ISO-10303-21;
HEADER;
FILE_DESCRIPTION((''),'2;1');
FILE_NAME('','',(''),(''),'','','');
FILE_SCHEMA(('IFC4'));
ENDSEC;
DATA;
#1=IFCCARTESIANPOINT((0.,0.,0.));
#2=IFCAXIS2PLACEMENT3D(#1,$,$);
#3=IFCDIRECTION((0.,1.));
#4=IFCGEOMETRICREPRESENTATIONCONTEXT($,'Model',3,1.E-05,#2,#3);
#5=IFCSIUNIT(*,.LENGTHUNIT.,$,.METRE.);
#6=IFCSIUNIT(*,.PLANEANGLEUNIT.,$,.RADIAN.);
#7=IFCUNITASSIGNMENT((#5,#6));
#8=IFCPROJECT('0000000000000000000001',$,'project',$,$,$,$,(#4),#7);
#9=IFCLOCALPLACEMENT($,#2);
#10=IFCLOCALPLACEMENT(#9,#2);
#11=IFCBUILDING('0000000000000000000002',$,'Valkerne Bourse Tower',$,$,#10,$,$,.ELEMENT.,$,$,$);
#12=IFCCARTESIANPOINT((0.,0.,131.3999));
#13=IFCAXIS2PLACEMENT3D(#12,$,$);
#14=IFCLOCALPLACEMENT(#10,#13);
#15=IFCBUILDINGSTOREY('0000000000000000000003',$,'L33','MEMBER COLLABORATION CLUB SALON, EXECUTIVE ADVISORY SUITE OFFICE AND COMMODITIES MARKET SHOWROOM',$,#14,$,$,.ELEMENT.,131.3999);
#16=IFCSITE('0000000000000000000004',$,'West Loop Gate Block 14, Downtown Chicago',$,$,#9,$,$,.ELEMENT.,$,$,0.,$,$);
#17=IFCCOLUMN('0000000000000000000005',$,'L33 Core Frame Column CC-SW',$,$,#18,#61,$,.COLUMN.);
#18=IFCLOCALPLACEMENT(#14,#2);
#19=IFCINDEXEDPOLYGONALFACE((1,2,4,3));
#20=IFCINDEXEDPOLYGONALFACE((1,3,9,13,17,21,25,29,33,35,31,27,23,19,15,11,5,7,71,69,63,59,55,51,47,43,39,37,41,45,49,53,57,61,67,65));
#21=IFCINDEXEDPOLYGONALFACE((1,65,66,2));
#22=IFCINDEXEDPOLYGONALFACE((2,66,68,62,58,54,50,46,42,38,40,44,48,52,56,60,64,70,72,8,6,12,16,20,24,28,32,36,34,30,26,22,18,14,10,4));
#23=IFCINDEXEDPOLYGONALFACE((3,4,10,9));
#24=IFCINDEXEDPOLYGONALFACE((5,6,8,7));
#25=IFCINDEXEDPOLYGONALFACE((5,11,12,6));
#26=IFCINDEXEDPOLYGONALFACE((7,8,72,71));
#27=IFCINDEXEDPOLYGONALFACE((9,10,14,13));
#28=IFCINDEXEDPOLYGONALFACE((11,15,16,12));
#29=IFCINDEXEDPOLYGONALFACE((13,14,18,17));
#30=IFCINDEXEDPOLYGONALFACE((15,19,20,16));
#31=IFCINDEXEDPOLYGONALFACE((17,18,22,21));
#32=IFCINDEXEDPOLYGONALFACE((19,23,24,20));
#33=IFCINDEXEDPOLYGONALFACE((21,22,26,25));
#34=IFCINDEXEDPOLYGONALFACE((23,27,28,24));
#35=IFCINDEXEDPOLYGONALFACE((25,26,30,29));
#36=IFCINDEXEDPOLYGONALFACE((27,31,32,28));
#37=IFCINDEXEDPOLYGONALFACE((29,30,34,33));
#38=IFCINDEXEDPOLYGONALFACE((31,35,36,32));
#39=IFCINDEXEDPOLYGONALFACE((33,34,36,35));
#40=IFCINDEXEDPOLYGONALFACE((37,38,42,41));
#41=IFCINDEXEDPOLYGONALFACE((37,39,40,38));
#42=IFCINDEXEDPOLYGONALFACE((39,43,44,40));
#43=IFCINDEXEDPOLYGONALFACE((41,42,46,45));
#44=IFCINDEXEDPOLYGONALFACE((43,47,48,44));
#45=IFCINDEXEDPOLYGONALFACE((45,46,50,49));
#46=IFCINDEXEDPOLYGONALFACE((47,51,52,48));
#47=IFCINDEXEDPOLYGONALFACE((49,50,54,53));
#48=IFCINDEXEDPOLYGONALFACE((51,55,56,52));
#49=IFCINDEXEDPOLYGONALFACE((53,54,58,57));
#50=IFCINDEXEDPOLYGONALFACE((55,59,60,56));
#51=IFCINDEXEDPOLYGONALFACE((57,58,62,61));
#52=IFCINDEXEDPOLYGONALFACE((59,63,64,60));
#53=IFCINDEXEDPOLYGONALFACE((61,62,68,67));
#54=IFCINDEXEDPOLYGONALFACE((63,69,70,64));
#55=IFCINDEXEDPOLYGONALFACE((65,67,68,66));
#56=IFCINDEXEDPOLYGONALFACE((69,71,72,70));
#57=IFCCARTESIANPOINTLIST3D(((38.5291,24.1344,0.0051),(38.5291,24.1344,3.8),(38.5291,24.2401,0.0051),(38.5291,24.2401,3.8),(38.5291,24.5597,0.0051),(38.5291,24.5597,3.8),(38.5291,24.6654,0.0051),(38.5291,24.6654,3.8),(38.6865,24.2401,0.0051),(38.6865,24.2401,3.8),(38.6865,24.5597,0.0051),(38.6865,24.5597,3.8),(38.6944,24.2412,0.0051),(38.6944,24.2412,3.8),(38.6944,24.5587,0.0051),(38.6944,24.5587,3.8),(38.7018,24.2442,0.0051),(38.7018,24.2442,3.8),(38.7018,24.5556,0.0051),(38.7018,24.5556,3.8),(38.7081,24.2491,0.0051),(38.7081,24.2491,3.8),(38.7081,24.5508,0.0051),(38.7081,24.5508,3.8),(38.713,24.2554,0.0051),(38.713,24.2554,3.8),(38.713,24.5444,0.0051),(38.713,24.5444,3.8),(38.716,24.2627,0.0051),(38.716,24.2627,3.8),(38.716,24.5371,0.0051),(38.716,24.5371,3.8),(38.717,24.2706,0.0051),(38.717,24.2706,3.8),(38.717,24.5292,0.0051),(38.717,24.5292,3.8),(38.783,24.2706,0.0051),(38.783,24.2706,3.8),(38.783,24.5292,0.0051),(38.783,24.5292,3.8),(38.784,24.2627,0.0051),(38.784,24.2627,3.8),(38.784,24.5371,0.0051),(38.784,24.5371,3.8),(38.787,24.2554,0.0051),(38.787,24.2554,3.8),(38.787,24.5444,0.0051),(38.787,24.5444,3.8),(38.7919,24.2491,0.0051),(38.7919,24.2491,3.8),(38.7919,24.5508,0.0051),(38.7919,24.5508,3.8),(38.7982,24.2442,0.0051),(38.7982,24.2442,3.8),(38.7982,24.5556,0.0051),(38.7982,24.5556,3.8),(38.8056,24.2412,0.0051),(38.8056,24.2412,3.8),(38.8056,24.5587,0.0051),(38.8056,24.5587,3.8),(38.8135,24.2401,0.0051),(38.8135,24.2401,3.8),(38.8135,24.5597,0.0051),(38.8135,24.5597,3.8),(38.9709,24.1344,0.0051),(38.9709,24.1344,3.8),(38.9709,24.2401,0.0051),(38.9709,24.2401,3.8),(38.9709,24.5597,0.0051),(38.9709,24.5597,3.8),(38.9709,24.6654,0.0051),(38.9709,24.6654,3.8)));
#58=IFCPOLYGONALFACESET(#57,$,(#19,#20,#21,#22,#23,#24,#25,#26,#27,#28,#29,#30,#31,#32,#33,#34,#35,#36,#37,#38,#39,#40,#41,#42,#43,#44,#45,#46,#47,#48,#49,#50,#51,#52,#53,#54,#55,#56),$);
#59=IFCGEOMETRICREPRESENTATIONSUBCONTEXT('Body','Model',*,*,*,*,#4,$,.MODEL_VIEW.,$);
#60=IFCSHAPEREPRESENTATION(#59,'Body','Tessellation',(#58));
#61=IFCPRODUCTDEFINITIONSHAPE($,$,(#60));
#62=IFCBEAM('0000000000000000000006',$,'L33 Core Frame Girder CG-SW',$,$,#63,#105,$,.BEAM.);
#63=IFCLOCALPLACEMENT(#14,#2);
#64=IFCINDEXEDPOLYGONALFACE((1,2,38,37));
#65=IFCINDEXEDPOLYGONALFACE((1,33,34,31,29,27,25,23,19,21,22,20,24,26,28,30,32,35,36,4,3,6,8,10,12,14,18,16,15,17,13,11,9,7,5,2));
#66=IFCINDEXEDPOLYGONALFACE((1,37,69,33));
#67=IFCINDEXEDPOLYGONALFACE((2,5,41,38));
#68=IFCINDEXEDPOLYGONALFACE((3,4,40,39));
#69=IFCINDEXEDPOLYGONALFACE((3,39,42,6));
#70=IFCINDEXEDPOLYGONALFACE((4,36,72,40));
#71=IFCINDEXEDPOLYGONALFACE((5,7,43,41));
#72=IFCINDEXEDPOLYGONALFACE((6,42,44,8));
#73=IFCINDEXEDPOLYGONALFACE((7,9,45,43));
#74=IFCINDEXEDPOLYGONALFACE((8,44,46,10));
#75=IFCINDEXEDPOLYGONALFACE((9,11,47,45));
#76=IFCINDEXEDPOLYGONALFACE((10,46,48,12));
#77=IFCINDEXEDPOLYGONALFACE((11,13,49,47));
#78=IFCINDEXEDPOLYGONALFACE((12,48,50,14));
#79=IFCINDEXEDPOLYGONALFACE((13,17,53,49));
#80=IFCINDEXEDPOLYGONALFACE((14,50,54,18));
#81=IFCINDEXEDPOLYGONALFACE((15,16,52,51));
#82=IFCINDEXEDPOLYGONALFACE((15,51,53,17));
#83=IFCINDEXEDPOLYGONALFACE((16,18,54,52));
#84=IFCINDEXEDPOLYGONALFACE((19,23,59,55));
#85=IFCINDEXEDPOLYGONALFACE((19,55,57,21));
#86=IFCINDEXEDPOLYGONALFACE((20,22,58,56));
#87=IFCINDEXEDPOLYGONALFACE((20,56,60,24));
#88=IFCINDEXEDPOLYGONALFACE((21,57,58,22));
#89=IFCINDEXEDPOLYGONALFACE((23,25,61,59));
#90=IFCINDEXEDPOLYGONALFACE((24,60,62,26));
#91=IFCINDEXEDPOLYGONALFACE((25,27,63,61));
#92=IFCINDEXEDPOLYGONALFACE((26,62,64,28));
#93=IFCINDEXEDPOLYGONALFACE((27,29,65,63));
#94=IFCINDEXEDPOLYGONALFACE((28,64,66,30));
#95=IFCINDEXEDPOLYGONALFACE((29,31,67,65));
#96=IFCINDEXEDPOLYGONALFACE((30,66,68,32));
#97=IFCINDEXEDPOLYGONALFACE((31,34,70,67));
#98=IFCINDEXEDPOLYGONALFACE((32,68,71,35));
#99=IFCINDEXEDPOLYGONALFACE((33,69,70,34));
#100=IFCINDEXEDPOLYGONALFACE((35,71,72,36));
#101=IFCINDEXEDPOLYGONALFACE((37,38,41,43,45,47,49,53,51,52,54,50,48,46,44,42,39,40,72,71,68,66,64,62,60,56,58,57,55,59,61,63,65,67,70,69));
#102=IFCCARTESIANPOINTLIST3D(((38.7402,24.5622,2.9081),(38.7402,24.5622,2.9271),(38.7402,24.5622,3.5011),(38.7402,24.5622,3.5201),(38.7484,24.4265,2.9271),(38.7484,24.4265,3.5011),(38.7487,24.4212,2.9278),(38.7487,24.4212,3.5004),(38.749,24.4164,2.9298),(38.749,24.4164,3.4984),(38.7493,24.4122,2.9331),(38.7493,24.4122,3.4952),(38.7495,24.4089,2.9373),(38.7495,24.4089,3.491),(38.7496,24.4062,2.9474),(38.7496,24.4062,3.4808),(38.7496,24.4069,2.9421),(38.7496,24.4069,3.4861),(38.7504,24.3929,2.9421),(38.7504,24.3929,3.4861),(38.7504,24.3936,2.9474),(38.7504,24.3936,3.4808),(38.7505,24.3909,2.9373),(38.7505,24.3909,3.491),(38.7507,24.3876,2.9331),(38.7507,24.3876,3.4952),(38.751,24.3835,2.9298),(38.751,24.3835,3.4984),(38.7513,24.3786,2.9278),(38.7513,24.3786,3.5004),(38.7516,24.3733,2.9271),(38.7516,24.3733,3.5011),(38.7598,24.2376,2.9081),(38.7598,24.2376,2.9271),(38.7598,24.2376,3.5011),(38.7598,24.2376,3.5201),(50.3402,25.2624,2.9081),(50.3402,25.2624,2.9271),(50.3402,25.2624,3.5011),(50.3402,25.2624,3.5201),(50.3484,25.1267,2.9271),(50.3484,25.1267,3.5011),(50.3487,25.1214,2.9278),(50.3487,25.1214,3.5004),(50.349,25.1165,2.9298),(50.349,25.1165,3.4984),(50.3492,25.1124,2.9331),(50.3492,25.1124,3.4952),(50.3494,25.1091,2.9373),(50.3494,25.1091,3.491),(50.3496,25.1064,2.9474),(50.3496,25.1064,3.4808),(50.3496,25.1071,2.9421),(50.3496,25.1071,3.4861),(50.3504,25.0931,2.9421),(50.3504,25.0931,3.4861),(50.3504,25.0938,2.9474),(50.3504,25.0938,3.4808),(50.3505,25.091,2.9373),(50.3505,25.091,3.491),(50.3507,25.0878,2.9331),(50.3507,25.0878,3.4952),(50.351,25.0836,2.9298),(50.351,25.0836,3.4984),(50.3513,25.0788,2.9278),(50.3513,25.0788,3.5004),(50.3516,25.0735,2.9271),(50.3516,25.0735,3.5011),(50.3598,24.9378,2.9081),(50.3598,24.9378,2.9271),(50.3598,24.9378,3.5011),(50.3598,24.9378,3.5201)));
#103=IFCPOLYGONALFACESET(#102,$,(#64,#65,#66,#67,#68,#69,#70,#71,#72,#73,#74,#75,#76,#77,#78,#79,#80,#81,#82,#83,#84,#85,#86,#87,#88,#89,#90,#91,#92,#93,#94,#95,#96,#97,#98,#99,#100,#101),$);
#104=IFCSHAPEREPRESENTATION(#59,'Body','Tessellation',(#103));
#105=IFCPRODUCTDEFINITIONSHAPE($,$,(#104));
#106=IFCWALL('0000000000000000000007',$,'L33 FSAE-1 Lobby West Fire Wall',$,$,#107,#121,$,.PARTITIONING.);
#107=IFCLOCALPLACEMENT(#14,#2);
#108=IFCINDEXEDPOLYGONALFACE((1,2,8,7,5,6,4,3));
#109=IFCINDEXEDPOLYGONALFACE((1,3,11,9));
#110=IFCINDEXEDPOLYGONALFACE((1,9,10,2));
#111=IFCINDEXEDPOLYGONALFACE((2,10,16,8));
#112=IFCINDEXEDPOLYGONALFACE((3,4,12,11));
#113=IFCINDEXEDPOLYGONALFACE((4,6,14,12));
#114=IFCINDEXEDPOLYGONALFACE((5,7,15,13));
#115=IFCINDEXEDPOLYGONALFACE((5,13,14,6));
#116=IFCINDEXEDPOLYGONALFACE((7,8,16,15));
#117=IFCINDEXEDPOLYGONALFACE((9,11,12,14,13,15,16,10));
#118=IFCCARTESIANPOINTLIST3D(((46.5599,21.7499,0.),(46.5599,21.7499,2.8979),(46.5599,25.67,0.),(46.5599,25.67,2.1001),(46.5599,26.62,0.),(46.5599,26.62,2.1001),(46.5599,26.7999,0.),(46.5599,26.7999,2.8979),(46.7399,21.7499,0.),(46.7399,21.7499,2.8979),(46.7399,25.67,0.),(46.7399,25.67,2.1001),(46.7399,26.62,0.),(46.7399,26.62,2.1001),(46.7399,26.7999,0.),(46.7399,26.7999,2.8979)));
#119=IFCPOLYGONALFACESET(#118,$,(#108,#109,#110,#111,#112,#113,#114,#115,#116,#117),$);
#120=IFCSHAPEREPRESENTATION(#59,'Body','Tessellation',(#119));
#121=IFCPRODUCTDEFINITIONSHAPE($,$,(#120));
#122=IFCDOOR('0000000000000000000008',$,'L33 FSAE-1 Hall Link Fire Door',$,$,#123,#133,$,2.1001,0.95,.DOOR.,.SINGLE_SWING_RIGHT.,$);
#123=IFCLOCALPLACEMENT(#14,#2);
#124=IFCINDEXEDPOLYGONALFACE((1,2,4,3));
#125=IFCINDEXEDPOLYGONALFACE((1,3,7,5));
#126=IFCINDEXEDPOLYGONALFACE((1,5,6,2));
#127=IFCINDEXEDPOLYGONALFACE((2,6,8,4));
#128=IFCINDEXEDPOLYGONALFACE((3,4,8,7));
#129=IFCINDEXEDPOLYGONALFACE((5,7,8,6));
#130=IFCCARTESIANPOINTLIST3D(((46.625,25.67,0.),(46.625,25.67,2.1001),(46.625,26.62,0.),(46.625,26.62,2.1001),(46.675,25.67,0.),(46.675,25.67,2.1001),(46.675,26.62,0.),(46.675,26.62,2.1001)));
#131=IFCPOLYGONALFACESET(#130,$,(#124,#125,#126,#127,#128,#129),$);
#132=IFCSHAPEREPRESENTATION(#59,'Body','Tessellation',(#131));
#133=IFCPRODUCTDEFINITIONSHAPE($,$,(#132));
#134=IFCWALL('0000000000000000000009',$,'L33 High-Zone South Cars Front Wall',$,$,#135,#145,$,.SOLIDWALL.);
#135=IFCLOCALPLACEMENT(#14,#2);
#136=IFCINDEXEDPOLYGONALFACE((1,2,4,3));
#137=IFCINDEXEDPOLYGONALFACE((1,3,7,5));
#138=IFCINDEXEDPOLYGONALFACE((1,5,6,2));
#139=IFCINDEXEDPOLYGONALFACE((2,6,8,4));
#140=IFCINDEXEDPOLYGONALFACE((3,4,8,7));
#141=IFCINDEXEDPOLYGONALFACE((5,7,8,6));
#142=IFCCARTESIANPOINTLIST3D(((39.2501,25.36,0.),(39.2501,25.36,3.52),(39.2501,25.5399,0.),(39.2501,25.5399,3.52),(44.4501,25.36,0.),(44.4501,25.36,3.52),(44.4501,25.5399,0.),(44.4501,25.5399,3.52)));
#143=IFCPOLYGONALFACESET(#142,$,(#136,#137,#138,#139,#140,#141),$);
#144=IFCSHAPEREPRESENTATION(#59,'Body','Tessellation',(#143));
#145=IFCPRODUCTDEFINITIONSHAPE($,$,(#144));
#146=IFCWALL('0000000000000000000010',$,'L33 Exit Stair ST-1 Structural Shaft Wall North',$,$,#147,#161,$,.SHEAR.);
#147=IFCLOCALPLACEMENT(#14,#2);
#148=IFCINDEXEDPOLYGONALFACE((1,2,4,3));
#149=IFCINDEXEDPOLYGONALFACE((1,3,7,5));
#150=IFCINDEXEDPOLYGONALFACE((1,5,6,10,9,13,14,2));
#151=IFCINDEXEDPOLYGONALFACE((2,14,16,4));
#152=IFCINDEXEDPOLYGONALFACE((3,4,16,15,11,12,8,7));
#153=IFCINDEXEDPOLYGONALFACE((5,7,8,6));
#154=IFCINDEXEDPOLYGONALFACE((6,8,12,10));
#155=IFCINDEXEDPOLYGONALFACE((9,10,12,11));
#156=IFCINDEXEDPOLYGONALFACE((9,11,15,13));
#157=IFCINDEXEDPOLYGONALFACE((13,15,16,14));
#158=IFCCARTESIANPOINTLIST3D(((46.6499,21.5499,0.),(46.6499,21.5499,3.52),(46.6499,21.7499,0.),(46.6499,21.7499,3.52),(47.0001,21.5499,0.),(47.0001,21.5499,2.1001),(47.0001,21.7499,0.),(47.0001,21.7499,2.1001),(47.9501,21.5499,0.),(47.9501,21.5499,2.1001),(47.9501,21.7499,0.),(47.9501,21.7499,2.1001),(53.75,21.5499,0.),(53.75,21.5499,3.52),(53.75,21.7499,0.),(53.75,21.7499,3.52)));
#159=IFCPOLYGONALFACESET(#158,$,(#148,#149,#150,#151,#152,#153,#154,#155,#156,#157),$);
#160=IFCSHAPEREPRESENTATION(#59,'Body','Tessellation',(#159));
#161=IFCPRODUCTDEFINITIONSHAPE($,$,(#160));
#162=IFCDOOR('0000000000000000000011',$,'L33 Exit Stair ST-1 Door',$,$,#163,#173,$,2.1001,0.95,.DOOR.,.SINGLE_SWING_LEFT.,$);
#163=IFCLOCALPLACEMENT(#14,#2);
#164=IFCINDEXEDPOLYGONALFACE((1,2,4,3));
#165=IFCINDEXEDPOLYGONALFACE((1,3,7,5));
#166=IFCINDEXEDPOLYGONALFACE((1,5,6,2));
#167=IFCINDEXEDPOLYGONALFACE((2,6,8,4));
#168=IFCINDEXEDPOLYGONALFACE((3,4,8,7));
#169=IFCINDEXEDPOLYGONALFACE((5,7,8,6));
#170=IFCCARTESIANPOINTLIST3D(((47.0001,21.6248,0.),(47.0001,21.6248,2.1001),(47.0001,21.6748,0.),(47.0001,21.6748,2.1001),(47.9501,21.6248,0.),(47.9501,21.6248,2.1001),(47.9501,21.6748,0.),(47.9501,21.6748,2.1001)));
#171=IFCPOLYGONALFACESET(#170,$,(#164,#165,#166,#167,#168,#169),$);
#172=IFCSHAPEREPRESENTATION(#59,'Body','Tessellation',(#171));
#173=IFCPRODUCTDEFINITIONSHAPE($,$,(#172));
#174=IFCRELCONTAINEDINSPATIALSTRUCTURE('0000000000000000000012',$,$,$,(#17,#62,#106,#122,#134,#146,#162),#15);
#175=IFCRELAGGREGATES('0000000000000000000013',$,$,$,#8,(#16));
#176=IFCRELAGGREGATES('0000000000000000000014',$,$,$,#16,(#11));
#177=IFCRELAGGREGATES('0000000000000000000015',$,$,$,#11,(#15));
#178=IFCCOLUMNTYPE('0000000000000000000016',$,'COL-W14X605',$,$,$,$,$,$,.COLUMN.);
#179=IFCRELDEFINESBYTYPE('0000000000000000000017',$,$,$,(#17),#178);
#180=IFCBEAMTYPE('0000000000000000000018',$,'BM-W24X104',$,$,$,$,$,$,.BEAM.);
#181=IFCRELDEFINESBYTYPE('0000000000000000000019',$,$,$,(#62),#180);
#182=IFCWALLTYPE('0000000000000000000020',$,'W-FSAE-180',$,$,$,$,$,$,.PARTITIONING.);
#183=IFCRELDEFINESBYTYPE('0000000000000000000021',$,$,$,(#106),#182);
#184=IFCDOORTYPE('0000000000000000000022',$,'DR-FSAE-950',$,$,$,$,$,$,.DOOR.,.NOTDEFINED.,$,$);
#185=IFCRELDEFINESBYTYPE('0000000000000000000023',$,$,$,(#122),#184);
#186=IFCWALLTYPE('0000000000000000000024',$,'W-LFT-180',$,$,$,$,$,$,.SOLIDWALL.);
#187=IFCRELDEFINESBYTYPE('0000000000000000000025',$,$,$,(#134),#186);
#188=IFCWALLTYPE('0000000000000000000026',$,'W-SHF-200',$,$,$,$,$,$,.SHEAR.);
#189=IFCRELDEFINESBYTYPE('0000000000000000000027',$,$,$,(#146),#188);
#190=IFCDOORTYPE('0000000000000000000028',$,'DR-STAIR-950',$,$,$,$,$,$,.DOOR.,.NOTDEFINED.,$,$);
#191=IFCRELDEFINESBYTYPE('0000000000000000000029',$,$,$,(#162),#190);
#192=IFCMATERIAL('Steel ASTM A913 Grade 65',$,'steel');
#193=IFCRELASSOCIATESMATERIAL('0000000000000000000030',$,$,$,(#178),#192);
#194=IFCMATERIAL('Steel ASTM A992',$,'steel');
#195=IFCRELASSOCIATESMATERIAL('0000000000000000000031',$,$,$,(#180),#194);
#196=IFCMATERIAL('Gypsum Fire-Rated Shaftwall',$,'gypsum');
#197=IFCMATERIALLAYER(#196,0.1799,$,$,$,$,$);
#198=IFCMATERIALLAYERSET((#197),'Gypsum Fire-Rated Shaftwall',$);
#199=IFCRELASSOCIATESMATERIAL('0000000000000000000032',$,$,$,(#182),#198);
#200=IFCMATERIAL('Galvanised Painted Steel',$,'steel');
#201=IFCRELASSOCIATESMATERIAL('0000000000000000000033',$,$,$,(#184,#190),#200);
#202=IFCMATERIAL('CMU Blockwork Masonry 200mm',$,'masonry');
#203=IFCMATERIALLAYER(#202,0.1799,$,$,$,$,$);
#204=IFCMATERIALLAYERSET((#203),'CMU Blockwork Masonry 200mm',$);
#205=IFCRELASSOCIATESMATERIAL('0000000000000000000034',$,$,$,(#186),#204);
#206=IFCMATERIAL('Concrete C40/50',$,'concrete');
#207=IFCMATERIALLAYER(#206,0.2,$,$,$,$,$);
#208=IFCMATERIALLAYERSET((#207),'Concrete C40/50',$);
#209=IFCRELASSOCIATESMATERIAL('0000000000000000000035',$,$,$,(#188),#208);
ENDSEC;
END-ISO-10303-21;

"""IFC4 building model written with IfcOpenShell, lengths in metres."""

from ifc_helpers import new_model, si_unit, direction, frame, frame_2d, origin, origin_2d, place, context, subcontext, project, spatial, rectangle, i_section, extrude, material, layer, layer_set, material_profile, profile_set, type_object, element, fill, save


model = new_model("IFC4")

# Units and contexts
model_context = context("Model", 3, precision=1e-05, world=origin(), true_north=direction((0.0, 1.0)))
body_context = subcontext(model_context, "Body", "Model", "MODEL_VIEW")
ifc_project = project(units=[si_unit("LENGTHUNIT", "METRE"), si_unit("PLANEANGLEUNIT", "RADIAN")], contexts=[model_context])

# Site, building, storey
site_placement = place(None, origin())
site = spatial("IfcSite", under=ifc_project, at=site_placement, Name="West Loop Gate Block 14, Downtown Chicago", CompositionType="ELEMENT", RefElevation=0.0)
building_placement = place(site_placement, origin())
building = spatial("IfcBuilding", under=site, at=building_placement, Name="Valkerne Bourse Tower", CompositionType="ELEMENT")
storey_placement = place(building_placement, frame((0.0, 0.0, 131.3999)))
storey = spatial("IfcBuildingStorey", under=building, at=storey_placement, Name="L33", Description="MEMBER COLLABORATION CLUB SALON, EXECUTIVE ADVISORY SUITE OFFICE AND COMMODITIES MARKET SHOWROOM", CompositionType="ELEMENT", Elevation=131.3999)

# Column
ifc_material_1 = material(Name="Steel ASTM A913 Grade 65", Category="steel")
ifc_material_profile_1 = material_profile(ifc_material_1, i_section(OverallWidth=0.4419, OverallDepth=0.531, WebThickness=0.0659, FlangeThickness=0.1057, FilletRadius=0.0305, at=origin_2d()), Name="W14X605")
ifc_profile_set_1 = profile_set([ifc_material_profile_1], Name="Steel ASTM A913 Grade 65")
column_type = type_object("IfcColumnType", Name="COL-W14X605", PredefinedType="COLUMN", material=ifc_profile_set_1)
column_placement = place(storey_placement, frame((38.75, 24.3999, 0.0051), z_axis=(0.0, 0.0, 1.0), x_axis=(1.0, 0.0, 0.0)))
element("IfcColumn", 1, at=column_placement, inside=storey, type_object=column_type, Name="L33 Core Frame Column CC-SW", PredefinedType="COLUMN", context=body_context, shape_type="SweptSolid", body=[
    extrude(i_section(OverallWidth=0.4419, OverallDepth=0.531, WebThickness=0.0659, FlangeThickness=0.1057, FilletRadius=0.0305, at=origin_2d()), origin(), (0.0, 0.0, 1.0), 3.7949),
])

# Beam
ifc_material_2 = material(Name="Steel ASTM A992", Category="steel")
ifc_material_profile_2 = material_profile(ifc_material_2, i_section(OverallWidth=0.3252, OverallDepth=0.6121, WebThickness=0.0127, FlangeThickness=0.019, FilletRadius=0.0203, at=origin_2d()), Name="W24X104")
ifc_profile_set_2 = profile_set([ifc_material_profile_2], Name="Steel ASTM A992")
beam_type = type_object("IfcBeamType", Name="BM-W24X104", PredefinedType="BEAM", material=ifc_profile_set_2)
beam_placement = place(storey_placement, frame((38.75, 24.3999, 3.2141), z_axis=(0.998183, 0.060251, 0.0), x_axis=(-0.060251, 0.998183, 0.0)))
element("IfcBeam", 2, at=beam_placement, inside=storey, type_object=beam_type, Name="L33 Core Frame Girder CG-SW", PredefinedType="BEAM", context=body_context, shape_type="SweptSolid", body=[
    extrude(i_section(OverallWidth=0.3252, OverallDepth=0.6121, WebThickness=0.0127, FlangeThickness=0.019, FilletRadius=0.0203, at=origin_2d()), origin(), (0.0, 0.0, 1.0), 11.6211),
])

# Wall, opening, door
ifc_material_3 = material(Name="Gypsum Fire-Rated Shaftwall", Category="gypsum")
ifc_layer_1 = layer(ifc_material_3, 0.1799)
ifc_layer_set_1 = layer_set([ifc_layer_1], Name="Gypsum Fire-Rated Shaftwall")
wall_type_1 = type_object("IfcWallType", Name="W-FSAE-180", PredefinedType="PARTITIONING", material=ifc_layer_set_1)
wall_1_placement = place(storey_placement, frame((46.6499, 21.75, 0.0), z_axis=(0.0, 0.0, 1.0), x_axis=(0.0, 1.0, 0.0)))
wall_1 = element("IfcWall", 3, at=wall_1_placement, inside=storey, type_object=wall_type_1, Name="L33 FSAE-1 Lobby West Fire Wall", PredefinedType="PARTITIONING", context=body_context, shape_type="SweptSolid", body=[
    extrude(rectangle(XDim=5.05, YDim=0.1799, at=frame_2d((2.5249, 0.0))), origin(), (0.0, 0.0, 1.0), 2.8979),
])
opening_1_placement = place(wall_1_placement, frame((3.9199, 0.0, 0.0)))
opening_1 = element("IfcOpeningElement", 4, at=opening_1_placement, cuts=wall_1, PredefinedType="OPENING", context=body_context, shape_type="SweptSolid", body=[
    extrude(rectangle(XDim=0.95, YDim=2.1001, at=frame_2d((0.4751, 1.05))), frame((0.0, 0.0999, 0.0), z_axis=(0.0, -1.0, 0.0), x_axis=(1.0, 0.0, 0.0)), (0.0, 0.0, 1.0), 0.2),
])
ifc_material_4 = material(Name="Galvanised Painted Steel", Category="steel")
door_type_1 = type_object("IfcDoorType", Name="DR-FSAE-950", OperationType="NOTDEFINED", PredefinedType="DOOR", material=ifc_material_4)
door_1_placement = place(opening_1_placement, origin())
door_1 = element("IfcDoor", 5, at=door_1_placement, inside=storey, type_object=door_type_1, Name="L33 FSAE-1 Hall Link Fire Door", OperationType="SINGLE_SWING_RIGHT", OverallHeight=2.1001, OverallWidth=0.95, PredefinedType="DOOR", context=body_context, shape_type="SweptSolid", body=[
    extrude(rectangle(XDim=0.95, YDim=2.1001, at=frame_2d((0.4751, 1.05))), frame((0.0, 0.0249, 0.0), z_axis=(0.0, -1.0, 0.0), x_axis=(1.0, 0.0, 0.0)), (0.0, 0.0, 1.0), 0.05),
])
fill(opening_1, door_1)

# Shared definitions
ifc_material_5 = material(Name="CMU Blockwork Masonry 200mm", Category="masonry")
ifc_layer_2 = layer(ifc_material_5, 0.1799)
ifc_layer_set_2 = layer_set([ifc_layer_2], Name="CMU Blockwork Masonry 200mm")
wall_type_2 = type_object("IfcWallType", Name="W-LFT-180", PredefinedType="SOLIDWALL", material=ifc_layer_set_2)

# Wall
wall_2_placement = place(storey_placement, frame((39.25, 25.45, 0.0), z_axis=(0.0, 0.0, 1.0), x_axis=(1.0, 0.0, 0.0)))
element("IfcWall", 6, at=wall_2_placement, inside=storey, type_object=wall_type_2, Name="L33 High-Zone South Cars Front Wall", PredefinedType="SOLIDWALL", context=body_context, shape_type="SweptSolid", body=[
    extrude(rectangle(XDim=5.2, YDim=0.1799, at=frame_2d((2.6001, 0.0))), origin(), (0.0, 0.0, 1.0), 3.52),
])

# Wall, opening, door
ifc_material_6 = material(Name="Concrete C40/50", Category="concrete")
ifc_layer_3 = layer(ifc_material_6, 0.2)
ifc_layer_set_3 = layer_set([ifc_layer_3], Name="Concrete C40/50")
wall_type_3 = type_object("IfcWallType", Name="W-SHF-200", PredefinedType="SHEAR", material=ifc_layer_set_3)
wall_3_placement = place(storey_placement, frame((46.6499, 21.6499, 0.0), z_axis=(0.0, 0.0, 1.0), x_axis=(1.0, 0.0, 0.0)))
wall_3 = element("IfcWall", 7, at=wall_3_placement, inside=storey, type_object=wall_type_3, Name="L33 Exit Stair ST-1 Structural Shaft Wall North", PredefinedType="SHEAR", context=body_context, shape_type="SweptSolid", body=[
    extrude(rectangle(XDim=7.1001, YDim=0.2, at=frame_2d((3.55, 0.0))), origin(), (0.0, 0.0, 1.0), 3.52),
])
opening_2_placement = place(wall_3_placement, frame((0.3501, 0.0, 0.0)))
opening_2 = element("IfcOpeningElement", 8, at=opening_2_placement, cuts=wall_3, PredefinedType="OPENING", context=body_context, shape_type="SweptSolid", body=[
    extrude(rectangle(XDim=0.95, YDim=2.1001, at=frame_2d((0.4751, 1.05))), frame((0.0, 0.1099, 0.0), z_axis=(0.0, -1.0, 0.0), x_axis=(1.0, 0.0, 0.0)), (0.0, 0.0, 1.0), 0.22),
])
door_type_2 = type_object("IfcDoorType", Name="DR-STAIR-950", OperationType="NOTDEFINED", PredefinedType="DOOR", material=ifc_material_4)
door_2_placement = place(opening_2_placement, origin())
door_2 = element("IfcDoor", 9, at=door_2_placement, inside=storey, type_object=door_type_2, Name="L33 Exit Stair ST-1 Door", OperationType="SINGLE_SWING_LEFT", OverallHeight=2.1001, OverallWidth=0.95, PredefinedType="DOOR", context=body_context, shape_type="SweptSolid", body=[
    extrude(rectangle(XDim=0.95, YDim=2.1001, at=frame_2d((0.4751, 1.05))), frame((0.0, 0.0249, 0.0), z_axis=(0.0, -1.0, 0.0), x_axis=(1.0, 0.0, 0.0)), (0.0, 0.0, 1.0), 0.05),
])
fill(opening_2, door_2)

save(model, "model.ifc")
